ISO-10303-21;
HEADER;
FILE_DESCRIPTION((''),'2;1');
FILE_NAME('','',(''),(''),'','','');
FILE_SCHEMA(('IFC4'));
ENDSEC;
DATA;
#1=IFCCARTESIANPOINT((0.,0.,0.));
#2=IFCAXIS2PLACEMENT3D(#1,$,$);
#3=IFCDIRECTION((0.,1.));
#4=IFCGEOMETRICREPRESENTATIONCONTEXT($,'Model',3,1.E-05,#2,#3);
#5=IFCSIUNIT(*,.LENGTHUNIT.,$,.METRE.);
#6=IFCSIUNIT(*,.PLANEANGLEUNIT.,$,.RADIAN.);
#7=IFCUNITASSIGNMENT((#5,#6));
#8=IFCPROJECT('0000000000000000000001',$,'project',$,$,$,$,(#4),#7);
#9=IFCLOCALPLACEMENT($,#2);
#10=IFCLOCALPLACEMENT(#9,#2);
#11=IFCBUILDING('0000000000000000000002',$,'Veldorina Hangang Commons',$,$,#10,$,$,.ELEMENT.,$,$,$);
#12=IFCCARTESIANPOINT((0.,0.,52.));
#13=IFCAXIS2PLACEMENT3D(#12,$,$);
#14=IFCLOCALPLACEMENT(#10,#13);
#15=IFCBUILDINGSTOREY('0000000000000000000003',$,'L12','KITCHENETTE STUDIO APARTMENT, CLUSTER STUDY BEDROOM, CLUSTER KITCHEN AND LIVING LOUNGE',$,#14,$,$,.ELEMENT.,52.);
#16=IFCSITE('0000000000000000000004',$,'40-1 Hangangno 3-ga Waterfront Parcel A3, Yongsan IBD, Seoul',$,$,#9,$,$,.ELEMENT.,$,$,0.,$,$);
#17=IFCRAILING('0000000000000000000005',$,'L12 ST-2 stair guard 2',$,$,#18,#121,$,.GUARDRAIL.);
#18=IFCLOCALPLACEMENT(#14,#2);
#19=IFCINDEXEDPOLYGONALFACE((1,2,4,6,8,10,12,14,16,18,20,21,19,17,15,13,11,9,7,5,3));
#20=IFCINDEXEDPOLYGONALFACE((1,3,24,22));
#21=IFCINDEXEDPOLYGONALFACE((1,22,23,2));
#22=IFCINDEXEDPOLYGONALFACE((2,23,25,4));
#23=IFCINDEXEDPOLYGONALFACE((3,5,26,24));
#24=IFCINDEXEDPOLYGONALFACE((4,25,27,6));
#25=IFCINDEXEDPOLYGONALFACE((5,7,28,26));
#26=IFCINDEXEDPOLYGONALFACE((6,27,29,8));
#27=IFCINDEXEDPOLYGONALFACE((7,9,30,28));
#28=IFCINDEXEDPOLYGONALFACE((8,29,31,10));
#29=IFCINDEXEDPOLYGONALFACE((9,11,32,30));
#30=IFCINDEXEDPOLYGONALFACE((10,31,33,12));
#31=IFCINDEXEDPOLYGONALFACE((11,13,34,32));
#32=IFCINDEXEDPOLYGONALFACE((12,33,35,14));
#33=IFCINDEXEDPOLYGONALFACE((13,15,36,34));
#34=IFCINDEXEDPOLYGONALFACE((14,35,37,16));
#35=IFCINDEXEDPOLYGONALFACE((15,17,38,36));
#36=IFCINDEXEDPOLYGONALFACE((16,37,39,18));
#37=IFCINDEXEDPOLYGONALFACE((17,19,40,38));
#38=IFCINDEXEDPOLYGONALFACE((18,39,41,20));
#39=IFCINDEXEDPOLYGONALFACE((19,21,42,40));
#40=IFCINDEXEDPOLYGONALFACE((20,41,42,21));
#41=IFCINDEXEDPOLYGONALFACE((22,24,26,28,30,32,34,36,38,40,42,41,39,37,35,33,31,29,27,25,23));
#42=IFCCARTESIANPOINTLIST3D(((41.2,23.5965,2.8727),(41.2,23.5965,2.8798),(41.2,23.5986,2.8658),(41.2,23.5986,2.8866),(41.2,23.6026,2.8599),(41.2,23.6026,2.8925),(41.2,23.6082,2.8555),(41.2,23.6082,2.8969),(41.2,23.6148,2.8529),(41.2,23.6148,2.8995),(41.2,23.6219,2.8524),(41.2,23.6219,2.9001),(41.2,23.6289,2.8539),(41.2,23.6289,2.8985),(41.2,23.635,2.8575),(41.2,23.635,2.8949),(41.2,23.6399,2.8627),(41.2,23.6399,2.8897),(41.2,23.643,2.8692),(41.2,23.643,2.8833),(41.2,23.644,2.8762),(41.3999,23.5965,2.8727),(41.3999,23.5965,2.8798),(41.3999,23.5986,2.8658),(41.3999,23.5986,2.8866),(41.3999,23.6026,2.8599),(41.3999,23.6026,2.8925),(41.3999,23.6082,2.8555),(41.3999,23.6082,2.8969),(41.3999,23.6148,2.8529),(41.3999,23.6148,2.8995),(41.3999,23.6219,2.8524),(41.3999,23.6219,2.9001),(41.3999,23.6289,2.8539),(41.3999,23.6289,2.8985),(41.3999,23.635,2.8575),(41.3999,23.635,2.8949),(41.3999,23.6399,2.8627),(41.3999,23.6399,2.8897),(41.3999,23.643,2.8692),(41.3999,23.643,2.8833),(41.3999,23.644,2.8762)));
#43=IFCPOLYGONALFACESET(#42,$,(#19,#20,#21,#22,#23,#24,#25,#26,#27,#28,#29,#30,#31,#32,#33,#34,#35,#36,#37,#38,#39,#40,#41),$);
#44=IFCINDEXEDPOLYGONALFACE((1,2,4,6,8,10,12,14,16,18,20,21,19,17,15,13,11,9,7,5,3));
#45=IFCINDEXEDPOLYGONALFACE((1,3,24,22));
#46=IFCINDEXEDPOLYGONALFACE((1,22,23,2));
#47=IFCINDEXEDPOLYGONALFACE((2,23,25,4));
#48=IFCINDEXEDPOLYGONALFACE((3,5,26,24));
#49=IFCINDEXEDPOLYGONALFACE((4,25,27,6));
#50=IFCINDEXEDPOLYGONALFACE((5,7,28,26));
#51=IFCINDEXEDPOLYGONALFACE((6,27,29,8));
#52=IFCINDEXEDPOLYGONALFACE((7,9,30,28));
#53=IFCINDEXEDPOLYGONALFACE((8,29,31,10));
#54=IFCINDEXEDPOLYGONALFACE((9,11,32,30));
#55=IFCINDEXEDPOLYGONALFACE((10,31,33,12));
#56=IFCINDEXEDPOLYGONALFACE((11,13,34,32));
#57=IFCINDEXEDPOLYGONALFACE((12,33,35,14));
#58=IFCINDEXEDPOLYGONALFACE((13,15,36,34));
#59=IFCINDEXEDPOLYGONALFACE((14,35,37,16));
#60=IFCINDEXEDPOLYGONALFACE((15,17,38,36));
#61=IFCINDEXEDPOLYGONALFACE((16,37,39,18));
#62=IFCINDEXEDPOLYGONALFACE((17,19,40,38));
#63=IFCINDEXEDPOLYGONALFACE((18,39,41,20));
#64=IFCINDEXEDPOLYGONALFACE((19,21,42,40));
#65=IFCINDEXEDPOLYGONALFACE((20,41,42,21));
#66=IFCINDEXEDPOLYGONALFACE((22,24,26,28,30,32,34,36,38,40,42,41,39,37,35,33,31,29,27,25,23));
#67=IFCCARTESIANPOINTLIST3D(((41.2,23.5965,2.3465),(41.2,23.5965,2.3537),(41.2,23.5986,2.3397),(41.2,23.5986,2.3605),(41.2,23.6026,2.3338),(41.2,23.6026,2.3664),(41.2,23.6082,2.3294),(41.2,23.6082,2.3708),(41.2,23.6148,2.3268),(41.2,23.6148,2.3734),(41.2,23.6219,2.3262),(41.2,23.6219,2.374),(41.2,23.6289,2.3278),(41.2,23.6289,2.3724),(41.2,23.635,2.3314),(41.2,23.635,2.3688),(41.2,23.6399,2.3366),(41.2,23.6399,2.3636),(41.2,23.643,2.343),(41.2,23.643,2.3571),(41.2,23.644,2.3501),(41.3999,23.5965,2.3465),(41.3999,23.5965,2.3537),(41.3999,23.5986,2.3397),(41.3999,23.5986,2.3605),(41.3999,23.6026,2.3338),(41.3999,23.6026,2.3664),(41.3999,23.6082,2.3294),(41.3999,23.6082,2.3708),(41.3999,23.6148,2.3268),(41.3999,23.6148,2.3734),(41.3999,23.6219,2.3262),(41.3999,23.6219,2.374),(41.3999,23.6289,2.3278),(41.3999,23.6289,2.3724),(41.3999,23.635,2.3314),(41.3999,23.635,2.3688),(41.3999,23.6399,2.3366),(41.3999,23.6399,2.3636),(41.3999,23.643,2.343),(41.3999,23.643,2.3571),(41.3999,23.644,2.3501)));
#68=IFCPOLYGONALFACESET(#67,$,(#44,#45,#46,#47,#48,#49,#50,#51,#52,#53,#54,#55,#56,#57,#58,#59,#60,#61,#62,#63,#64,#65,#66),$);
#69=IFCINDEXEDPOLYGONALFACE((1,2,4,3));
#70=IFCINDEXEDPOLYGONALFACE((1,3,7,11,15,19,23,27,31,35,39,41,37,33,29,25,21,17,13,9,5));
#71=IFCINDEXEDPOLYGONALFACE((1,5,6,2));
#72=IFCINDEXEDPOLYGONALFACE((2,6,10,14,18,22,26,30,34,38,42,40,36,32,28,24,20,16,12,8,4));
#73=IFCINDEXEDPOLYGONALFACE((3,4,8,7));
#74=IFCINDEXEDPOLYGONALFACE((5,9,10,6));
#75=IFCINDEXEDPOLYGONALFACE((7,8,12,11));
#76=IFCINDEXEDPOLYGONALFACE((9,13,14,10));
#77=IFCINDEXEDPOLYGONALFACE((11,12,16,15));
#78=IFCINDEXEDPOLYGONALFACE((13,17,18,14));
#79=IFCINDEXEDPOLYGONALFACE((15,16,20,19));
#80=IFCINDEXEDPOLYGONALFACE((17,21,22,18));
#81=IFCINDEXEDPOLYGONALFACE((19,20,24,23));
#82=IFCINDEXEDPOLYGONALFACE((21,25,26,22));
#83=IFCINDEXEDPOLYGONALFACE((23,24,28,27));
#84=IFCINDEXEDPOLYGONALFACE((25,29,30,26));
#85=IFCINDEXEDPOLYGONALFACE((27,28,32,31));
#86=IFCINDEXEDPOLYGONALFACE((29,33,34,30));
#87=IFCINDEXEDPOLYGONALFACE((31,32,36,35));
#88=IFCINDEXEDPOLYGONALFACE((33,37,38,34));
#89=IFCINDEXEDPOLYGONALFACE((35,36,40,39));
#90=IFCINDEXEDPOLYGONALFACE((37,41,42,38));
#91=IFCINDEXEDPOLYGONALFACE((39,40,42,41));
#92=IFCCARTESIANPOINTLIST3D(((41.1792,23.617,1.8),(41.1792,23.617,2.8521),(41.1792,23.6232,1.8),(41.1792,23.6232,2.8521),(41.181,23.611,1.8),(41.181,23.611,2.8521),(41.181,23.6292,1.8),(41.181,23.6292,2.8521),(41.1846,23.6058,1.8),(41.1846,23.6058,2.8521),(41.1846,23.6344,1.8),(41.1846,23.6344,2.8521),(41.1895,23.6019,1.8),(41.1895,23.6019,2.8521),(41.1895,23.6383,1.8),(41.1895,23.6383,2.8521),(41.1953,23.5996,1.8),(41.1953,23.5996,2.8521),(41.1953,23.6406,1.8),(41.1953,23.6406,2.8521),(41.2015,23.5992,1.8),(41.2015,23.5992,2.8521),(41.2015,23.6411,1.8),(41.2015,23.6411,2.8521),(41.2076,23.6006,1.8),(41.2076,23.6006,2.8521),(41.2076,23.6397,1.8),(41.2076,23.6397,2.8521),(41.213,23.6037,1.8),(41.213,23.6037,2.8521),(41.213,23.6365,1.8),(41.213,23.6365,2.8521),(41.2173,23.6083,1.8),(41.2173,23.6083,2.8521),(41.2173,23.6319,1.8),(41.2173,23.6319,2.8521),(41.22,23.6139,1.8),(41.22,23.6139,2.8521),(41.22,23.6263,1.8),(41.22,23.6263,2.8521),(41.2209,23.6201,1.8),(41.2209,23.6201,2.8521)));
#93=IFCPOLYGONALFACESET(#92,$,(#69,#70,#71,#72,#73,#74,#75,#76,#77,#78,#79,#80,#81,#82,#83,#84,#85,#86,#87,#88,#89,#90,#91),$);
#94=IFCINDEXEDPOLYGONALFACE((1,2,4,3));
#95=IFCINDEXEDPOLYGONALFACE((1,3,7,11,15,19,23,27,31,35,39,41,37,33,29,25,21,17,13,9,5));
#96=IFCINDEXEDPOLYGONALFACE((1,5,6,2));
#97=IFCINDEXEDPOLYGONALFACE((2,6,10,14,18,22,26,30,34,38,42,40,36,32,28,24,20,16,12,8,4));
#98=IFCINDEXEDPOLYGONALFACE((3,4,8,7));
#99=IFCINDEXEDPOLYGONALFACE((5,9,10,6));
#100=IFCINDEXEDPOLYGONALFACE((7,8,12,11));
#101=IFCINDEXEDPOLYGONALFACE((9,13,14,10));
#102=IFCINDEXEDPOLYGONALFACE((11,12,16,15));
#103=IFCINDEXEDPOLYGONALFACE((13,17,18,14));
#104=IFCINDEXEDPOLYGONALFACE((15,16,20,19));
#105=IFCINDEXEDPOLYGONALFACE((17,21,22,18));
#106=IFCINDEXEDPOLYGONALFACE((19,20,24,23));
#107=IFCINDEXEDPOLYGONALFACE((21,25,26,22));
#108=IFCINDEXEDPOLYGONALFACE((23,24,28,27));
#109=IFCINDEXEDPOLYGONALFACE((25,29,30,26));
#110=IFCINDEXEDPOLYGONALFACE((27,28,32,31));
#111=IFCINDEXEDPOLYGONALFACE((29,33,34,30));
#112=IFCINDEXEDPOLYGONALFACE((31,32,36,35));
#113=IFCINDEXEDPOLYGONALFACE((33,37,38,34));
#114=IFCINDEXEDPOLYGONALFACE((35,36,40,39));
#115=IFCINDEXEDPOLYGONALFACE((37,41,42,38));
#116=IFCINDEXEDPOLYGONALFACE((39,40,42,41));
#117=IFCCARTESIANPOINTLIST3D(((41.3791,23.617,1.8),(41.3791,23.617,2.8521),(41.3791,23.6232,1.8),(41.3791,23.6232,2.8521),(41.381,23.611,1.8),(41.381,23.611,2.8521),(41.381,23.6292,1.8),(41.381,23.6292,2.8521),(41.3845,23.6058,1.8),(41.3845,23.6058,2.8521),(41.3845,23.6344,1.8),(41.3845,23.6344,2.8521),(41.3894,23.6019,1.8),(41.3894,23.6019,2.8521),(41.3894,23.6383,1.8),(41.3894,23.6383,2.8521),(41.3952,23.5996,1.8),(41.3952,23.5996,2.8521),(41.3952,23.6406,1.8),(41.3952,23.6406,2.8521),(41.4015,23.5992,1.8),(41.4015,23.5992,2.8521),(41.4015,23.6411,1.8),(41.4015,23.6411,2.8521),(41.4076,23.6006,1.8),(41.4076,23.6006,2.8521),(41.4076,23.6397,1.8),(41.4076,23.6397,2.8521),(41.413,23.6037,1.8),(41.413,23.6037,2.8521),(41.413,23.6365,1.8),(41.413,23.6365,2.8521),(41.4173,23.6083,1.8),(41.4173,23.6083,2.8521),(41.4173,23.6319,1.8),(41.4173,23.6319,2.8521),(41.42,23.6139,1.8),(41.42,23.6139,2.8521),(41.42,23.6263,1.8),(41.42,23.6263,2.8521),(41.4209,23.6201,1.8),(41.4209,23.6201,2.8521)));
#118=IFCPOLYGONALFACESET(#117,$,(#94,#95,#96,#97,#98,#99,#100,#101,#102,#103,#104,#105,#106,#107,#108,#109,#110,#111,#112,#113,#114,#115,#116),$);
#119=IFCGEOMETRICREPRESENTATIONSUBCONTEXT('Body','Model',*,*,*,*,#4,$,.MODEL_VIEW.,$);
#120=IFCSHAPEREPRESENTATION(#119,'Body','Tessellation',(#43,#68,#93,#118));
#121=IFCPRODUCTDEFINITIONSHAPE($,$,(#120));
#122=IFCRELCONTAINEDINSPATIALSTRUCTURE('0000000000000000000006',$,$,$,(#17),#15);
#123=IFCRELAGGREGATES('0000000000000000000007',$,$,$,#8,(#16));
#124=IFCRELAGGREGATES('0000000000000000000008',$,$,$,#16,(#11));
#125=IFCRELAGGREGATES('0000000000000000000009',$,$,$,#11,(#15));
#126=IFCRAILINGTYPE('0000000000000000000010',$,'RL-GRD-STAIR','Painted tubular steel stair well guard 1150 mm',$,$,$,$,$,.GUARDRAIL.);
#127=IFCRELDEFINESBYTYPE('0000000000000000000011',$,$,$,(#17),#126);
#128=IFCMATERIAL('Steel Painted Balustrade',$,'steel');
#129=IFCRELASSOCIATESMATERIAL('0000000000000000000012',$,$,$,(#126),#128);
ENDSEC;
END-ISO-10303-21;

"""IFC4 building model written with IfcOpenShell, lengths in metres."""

from ifc_helpers import new_model, si_unit, direction, frame, origin, origin_2d, place, context, subcontext, project, spatial, circle, extrude, material, type_object, element, save


model = new_model("IFC4")

# Units and contexts
model_context = context("Model", 3, precision=1e-05, world=origin(), true_north=direction((0.0, 1.0)))
body_context = subcontext(model_context, "Body", "Model", "MODEL_VIEW")
ifc_project = project(units=[si_unit("LENGTHUNIT", "METRE"), si_unit("PLANEANGLEUNIT", "RADIAN")], contexts=[model_context])

# Site, building, storey
site_placement = place(None, origin())
site = spatial("IfcSite", under=ifc_project, at=site_placement, Name="40-1 Hangangno 3-ga Waterfront Parcel A3, Yongsan IBD, Seoul", CompositionType="ELEMENT", RefElevation=0.0)
building_placement = place(site_placement, origin())
building = spatial("IfcBuilding", under=site, at=building_placement, Name="Veldorina Hangang Commons", CompositionType="ELEMENT")
storey_placement = place(building_placement, frame((0.0, 0.0, 52.0)))
storey = spatial("IfcBuildingStorey", under=building, at=storey_placement, Name="L12", Description="KITCHENETTE STUDIO APARTMENT, CLUSTER STUDY BEDROOM, CLUSTER KITCHEN AND LIVING LOUNGE", CompositionType="ELEMENT", Elevation=52.0)

# Railing
ifc_material_1 = material(Name="Steel Painted Balustrade", Category="steel")
railing_type_1 = type_object("IfcRailingType", Name="RL-GRD-STAIR", Description="Painted tubular steel stair well guard 1150 mm", PredefinedType="GUARDRAIL", material=ifc_material_1)
railing_1_placement = place(storey_placement, frame((41.2, 23.6201, 1.8)))
element("IfcRailing", 1, at=railing_1_placement, inside=storey, type_object=railing_type_1, Name="L12 ST-2 stair guard 2", PredefinedType="GUARDRAIL", context=body_context, shape_type="SweptSolid", body=[
    extrude(circle(Radius=0.0239, at=origin_2d()), frame((0.0, 0.0, 1.0762), z_axis=(1.0, 0.0, 0.0), x_axis=(0.0, 1.0, 0.0)), (0.0, 0.0, 1.0), 0.2),
    extrude(circle(Radius=0.0239, at=origin_2d()), frame((0.0, 0.0, 0.55), z_axis=(1.0, 0.0, 0.0), x_axis=(0.0, 1.0, 0.0)), (0.0, 0.0, 1.0), 0.2),
    extrude(circle(Radius=0.021, at=origin_2d()), origin(), (0.0, 0.0, 1.0), 1.052),
    extrude(circle(Radius=0.021, at=origin_2d()), frame((0.2, 0.0, 0.0)), (0.0, 0.0, 1.0), 1.052),
])

save(model, "model.ifc")
